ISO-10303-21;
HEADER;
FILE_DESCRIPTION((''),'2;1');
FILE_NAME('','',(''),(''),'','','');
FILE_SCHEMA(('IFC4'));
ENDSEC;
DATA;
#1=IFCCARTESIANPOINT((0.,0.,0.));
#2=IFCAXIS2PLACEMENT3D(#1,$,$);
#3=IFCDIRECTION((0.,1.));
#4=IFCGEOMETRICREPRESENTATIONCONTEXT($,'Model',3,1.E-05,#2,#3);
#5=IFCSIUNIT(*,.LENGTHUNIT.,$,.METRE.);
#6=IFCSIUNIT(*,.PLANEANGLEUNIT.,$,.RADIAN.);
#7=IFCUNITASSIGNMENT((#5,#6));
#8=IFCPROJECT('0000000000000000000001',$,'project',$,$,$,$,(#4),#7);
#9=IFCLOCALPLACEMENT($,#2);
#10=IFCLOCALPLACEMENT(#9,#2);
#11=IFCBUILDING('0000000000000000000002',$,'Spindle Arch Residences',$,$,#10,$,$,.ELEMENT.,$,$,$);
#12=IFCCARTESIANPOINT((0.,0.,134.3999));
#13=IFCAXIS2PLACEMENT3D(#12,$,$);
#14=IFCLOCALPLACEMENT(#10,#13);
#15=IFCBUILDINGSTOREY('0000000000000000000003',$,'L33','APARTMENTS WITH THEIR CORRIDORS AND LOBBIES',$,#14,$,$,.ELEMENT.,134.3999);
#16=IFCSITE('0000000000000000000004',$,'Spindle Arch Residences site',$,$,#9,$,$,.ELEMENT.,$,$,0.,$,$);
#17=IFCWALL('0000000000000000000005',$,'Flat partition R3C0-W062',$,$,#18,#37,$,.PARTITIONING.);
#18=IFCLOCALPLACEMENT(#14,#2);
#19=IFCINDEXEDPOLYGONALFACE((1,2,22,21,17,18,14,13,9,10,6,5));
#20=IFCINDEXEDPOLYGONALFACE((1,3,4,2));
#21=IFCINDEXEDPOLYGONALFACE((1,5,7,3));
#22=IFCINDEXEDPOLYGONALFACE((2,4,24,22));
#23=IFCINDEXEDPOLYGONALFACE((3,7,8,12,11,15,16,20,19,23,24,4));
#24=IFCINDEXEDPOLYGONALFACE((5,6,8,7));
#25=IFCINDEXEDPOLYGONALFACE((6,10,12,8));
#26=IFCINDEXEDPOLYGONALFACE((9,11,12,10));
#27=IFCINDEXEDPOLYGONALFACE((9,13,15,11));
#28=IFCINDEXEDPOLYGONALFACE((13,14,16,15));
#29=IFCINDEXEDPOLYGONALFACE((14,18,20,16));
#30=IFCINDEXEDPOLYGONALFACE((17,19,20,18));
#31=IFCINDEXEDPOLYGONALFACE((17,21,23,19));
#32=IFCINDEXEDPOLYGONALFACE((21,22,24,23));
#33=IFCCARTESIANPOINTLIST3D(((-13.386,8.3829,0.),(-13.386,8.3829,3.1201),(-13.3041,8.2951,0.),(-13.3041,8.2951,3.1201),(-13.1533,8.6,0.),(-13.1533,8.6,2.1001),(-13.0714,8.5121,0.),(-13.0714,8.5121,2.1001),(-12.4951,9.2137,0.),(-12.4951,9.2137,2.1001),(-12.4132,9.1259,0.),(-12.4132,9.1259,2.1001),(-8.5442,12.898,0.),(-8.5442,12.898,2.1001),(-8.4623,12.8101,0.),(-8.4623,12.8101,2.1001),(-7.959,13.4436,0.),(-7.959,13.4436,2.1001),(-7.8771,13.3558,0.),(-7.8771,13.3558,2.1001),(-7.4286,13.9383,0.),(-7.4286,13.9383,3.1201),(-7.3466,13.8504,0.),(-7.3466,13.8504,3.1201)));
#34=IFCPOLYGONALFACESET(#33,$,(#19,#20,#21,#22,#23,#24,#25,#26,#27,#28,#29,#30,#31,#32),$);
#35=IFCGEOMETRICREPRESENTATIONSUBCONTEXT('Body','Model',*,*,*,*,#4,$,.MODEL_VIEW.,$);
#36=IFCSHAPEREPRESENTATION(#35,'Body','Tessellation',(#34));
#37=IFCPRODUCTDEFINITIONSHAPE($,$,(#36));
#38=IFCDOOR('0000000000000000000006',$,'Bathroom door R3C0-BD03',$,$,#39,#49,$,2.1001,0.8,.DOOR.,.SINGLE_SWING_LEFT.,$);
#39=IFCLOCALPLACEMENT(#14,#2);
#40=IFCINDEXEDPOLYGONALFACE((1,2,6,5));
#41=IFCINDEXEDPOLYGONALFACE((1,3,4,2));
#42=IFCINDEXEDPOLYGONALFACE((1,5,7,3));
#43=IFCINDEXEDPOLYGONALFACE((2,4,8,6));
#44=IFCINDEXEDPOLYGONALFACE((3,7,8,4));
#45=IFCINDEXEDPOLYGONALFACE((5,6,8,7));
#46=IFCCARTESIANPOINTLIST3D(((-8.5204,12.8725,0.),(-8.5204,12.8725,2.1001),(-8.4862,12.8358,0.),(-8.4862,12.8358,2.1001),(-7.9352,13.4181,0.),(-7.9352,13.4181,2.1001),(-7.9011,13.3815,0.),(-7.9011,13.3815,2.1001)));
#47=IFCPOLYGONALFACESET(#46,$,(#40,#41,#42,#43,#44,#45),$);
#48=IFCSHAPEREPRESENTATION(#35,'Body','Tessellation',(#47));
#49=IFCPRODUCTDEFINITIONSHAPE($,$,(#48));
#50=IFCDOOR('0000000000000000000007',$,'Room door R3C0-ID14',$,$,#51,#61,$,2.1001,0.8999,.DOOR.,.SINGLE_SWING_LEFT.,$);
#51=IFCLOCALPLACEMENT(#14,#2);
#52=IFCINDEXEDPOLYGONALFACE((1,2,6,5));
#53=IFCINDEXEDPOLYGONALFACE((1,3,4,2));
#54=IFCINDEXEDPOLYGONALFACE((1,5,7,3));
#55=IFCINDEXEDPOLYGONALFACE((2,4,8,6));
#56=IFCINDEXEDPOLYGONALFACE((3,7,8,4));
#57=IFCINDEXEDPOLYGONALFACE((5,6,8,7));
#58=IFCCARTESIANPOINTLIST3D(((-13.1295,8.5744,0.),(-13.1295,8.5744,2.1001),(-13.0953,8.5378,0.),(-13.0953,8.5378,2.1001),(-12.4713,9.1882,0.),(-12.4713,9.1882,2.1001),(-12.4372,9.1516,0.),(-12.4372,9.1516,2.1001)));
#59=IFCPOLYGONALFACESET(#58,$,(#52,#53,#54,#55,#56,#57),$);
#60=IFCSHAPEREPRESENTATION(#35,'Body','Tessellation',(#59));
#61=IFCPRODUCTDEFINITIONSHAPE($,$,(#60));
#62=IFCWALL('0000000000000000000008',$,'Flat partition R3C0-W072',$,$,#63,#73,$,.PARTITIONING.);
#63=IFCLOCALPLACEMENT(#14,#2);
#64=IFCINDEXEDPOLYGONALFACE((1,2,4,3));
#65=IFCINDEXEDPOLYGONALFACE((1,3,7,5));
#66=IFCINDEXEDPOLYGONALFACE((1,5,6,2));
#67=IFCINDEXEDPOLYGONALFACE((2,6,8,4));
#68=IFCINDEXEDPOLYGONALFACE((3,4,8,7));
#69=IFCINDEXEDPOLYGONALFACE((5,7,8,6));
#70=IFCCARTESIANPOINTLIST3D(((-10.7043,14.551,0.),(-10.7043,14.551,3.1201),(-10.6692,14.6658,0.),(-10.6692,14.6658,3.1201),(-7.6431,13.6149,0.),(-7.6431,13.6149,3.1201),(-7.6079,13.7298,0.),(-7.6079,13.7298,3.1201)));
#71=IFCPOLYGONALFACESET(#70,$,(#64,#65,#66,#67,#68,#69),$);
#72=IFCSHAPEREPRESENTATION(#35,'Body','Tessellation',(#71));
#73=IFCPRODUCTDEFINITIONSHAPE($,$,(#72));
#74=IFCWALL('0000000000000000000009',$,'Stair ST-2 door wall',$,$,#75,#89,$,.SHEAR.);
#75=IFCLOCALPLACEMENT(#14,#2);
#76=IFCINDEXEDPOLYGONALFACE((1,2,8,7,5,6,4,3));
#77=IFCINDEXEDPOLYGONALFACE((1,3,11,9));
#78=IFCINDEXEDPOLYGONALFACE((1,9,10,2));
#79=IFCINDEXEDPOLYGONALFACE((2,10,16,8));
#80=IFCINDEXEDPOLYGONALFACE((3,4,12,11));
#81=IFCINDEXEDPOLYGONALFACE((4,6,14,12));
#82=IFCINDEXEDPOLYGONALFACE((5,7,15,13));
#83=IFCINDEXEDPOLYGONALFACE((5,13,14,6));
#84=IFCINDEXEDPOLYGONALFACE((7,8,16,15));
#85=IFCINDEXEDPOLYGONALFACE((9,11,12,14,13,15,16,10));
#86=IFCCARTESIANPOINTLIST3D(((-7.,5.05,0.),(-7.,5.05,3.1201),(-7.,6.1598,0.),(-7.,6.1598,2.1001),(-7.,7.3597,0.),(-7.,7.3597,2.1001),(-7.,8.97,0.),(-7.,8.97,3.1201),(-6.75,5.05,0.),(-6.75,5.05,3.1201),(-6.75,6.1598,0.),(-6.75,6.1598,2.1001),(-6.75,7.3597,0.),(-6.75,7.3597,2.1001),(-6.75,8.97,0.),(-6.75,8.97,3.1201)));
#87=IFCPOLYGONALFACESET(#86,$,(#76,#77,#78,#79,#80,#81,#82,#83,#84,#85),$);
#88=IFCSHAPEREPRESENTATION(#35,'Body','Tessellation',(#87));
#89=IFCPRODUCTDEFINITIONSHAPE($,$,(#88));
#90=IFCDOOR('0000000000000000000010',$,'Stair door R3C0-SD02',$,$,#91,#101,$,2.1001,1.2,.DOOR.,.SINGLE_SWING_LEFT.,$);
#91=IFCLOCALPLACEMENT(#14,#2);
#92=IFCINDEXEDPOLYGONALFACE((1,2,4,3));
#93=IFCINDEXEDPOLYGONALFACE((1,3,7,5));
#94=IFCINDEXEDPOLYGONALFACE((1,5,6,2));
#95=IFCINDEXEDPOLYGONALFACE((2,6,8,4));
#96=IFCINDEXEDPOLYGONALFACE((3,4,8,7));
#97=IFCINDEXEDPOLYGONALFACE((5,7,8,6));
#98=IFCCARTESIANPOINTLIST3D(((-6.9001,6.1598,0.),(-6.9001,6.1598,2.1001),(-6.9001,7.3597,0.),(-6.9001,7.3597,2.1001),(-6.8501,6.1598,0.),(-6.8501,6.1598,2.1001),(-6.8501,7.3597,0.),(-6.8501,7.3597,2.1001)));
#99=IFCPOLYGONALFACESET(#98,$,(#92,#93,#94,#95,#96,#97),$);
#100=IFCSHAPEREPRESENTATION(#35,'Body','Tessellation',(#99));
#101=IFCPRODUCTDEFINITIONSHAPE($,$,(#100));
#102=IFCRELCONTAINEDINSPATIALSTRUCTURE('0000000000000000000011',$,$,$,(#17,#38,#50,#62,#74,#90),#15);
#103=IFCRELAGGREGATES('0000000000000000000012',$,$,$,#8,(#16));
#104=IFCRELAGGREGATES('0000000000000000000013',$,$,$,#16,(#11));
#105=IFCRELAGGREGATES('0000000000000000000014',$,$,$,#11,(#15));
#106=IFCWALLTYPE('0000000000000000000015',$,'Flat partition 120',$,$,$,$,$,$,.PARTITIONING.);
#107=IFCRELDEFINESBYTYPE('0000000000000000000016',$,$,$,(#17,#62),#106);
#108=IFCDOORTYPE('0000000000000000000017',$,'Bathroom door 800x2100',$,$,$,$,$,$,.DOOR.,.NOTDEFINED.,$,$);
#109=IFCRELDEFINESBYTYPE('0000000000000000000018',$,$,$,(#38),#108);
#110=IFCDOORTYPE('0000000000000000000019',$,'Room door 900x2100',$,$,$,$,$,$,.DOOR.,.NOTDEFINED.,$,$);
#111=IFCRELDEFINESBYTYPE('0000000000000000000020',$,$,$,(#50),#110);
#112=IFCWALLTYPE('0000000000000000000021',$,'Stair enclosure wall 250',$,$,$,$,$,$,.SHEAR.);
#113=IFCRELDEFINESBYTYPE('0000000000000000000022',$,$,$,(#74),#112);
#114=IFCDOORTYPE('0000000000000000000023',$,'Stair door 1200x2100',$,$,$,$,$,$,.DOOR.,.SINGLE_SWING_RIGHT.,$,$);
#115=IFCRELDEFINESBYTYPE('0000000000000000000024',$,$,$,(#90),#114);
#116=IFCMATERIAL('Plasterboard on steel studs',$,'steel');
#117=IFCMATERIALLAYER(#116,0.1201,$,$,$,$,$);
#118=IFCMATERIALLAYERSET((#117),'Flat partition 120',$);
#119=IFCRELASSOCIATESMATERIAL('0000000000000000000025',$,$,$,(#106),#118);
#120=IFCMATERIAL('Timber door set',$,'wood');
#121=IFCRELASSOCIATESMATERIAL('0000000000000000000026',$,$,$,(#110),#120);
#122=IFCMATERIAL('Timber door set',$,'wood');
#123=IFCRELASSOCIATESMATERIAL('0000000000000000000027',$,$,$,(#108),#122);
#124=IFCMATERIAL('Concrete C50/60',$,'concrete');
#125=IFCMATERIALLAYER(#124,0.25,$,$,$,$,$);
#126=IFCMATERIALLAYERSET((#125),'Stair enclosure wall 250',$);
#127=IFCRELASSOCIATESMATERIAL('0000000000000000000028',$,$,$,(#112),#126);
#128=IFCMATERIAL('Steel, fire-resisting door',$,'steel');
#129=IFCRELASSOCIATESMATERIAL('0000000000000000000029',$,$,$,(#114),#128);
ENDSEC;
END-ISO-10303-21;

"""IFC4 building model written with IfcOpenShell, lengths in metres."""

from ifc_helpers import new_model, si_unit, direction, frame, frame_2d, origin, place, context, subcontext, project, spatial, rectangle, extrude, material, layer, layer_set, type_object, element, fill, save


model = new_model("IFC4")

# Units and contexts
model_context = context("Model", 3, precision=1e-05, world=origin(), true_north=direction((0.0, 1.0)))
body_context = subcontext(model_context, "Body", "Model", "MODEL_VIEW")
ifc_project = project(units=[si_unit("LENGTHUNIT", "METRE"), si_unit("PLANEANGLEUNIT", "RADIAN")], contexts=[model_context])

# Site, building, storey
site_placement = place(None, origin())
site = spatial("IfcSite", under=ifc_project, at=site_placement, Name="Spindle Arch Residences site", CompositionType="ELEMENT", RefElevation=0.0)
building_placement = place(site_placement, origin())
building = spatial("IfcBuilding", under=site, at=building_placement, Name="Spindle Arch Residences", CompositionType="ELEMENT")
storey_placement = place(building_placement, frame((0.0, 0.0, 134.3999)))
storey = spatial("IfcBuildingStorey", under=building, at=storey_placement, Name="L33", Description="APARTMENTS WITH THEIR CORRIDORS AND LOBBIES", CompositionType="ELEMENT", Elevation=134.3999)

# Shared definitions
ifc_material_1 = material(Name="Plasterboard on steel studs", Category="steel")
ifc_layer_1 = layer(ifc_material_1, 0.1201)
ifc_layer_set_1 = layer_set([ifc_layer_1], Name="Flat partition 120")
wall_type_1 = type_object("IfcWallType", Name="Flat partition 120", PredefinedType="PARTITIONING", material=ifc_layer_set_1)
ifc_material_2 = material(Name="Timber door set", Category="wood")
door_type_1 = type_object("IfcDoorType", Name="Room door 900x2100", OperationType="NOTDEFINED", PredefinedType="DOOR", material=ifc_material_2)

# Wall, openings, doors
wall_1_placement = place(storey_placement, frame((-7.3877, 13.8943, 0.0), z_axis=(0.0, 0.0, 1.0), x_axis=(-0.731357, -0.681995, 0.0)))
wall_1 = element("IfcWall", 1, at=wall_1_placement, inside=storey, type_object=wall_type_1, Name="Flat partition R3C0-W062", PredefinedType="PARTITIONING", context=body_context, shape_type="SweptSolid", body=[
    extrude(rectangle(XDim=8.1458, YDim=0.1201, at=frame_2d((4.0728, 0.0))), origin(), (0.0, 0.0, 1.0), 3.1201),
])
opening_1_placement = place(wall_1_placement, frame((0.7253, 0.0, 0.0)))
opening_1 = element("IfcOpeningElement", 2, at=opening_1_placement, cuts=wall_1, PredefinedType="OPENING", context=body_context, shape_type="SweptSolid", body=[
    extrude(rectangle(XDim=0.8, YDim=2.1001, at=frame_2d((0.3999, 1.05))), frame((0.0, 0.0701, 0.0), z_axis=(0.0, -1.0, 0.0), x_axis=(1.0, 0.0, 0.0)), (0.0, 0.0, 1.0), 0.1401),
])
opening_2_placement = place(wall_1_placement, frame((6.9275, 0.0, 0.0)))
opening_2 = element("IfcOpeningElement", 3, at=opening_2_placement, cuts=wall_1, PredefinedType="OPENING", context=body_context, shape_type="SweptSolid", body=[
    extrude(rectangle(XDim=0.8999, YDim=2.1001, at=frame_2d((0.45, 1.05))), frame((0.0, 0.0701, 0.0), z_axis=(0.0, -1.0, 0.0), x_axis=(1.0, 0.0, 0.0)), (0.0, 0.0, 1.0), 0.1401),
])
ifc_material_3 = material(Name="Timber door set", Category="wood")
door_type_2 = type_object("IfcDoorType", Name="Bathroom door 800x2100", OperationType="NOTDEFINED", PredefinedType="DOOR", material=ifc_material_3)
door_1_placement = place(opening_1_placement, origin())
door_1 = element("IfcDoor", 4, at=door_1_placement, inside=storey, type_object=door_type_2, Name="Bathroom door R3C0-BD03", OperationType="SINGLE_SWING_LEFT", OverallHeight=2.1001, OverallWidth=0.8, PredefinedType="DOOR", context=body_context, shape_type="SweptSolid", body=[
    extrude(rectangle(XDim=0.8, YDim=2.1001, at=frame_2d((0.3999, 1.05))), frame((0.0, 0.0249, 0.0), z_axis=(0.0, -1.0, 0.0), x_axis=(1.0, 0.0, 0.0)), (0.0, 0.0, 1.0), 0.05),
])
fill(opening_1, door_1)
door_2_placement = place(opening_2_placement, origin())
door_2 = element("IfcDoor", 5, at=door_2_placement, inside=storey, type_object=door_type_1, Name="Room door R3C0-ID14", OperationType="SINGLE_SWING_LEFT", OverallHeight=2.1001, OverallWidth=0.8999, PredefinedType="DOOR", context=body_context, shape_type="SweptSolid", body=[
    extrude(rectangle(XDim=0.8999, YDim=2.1001, at=frame_2d((0.45, 1.05))), frame((0.0, 0.0249, 0.0), z_axis=(0.0, -1.0, 0.0), x_axis=(1.0, 0.0, 0.0)), (0.0, 0.0, 1.0), 0.05),
])
fill(opening_2, door_2)

# Wall
wall_2_placement = place(storey_placement, frame((-10.6868, 14.6084, 0.0), z_axis=(0.0, 0.0, 1.0), x_axis=(0.956295, -0.292403, 0.0)))
element("IfcWall", 6, at=wall_2_placement, inside=storey, type_object=wall_type_1, Name="Flat partition R3C0-W072", PredefinedType="PARTITIONING", context=body_context, shape_type="SweptSolid", body=[
    extrude(rectangle(XDim=3.2012, YDim=0.1201, at=frame_2d((1.6006, 0.0))), origin(), (0.0, 0.0, 1.0), 3.1201),
])

# Wall, opening, door
ifc_material_4 = material(Name="Concrete C50/60", Category="concrete")
ifc_layer_2 = layer(ifc_material_4, 0.25)
ifc_layer_set_2 = layer_set([ifc_layer_2], Name="Stair enclosure wall 250")
wall_type_2 = type_object("IfcWallType", Name="Stair enclosure wall 250", PredefinedType="SHEAR", material=ifc_layer_set_2)
wall_3_placement = place(storey_placement, frame((-6.875, 8.97, 0.0), z_axis=(0.0, 0.0, 1.0), x_axis=(0.0, -1.0, 0.0)))
wall_3 = element("IfcWall", 7, at=wall_3_placement, inside=storey, type_object=wall_type_2, Name="Stair ST-2 door wall", PredefinedType="SHEAR", context=body_context, shape_type="SweptSolid", body=[
    extrude(rectangle(XDim=3.9199, YDim=0.25, at=frame_2d((1.96, 0.0))), origin(), (0.0, 0.0, 1.0), 3.1201),
])
opening_3_placement = place(wall_3_placement, frame((1.6101, 0.0, 0.0)))
opening_3 = element("IfcOpeningElement", 8, at=opening_3_placement, cuts=wall_3, PredefinedType="OPENING", context=body_context, shape_type="SweptSolid", body=[
    extrude(rectangle(XDim=1.2, YDim=2.1001, at=frame_2d((0.6001, 1.05))), frame((0.0, 0.135, 0.0), z_axis=(0.0, -1.0, 0.0), x_axis=(1.0, 0.0, 0.0)), (0.0, 0.0, 1.0), 0.27),
])
ifc_material_5 = material(Name="Steel, fire-resisting door", Category="steel")
door_type_3 = type_object("IfcDoorType", Name="Stair door 1200x2100", OperationType="SINGLE_SWING_RIGHT", PredefinedType="DOOR", material=ifc_material_5)
door_3_placement = place(opening_3_placement, origin())
door_3 = element("IfcDoor", 9, at=door_3_placement, inside=storey, type_object=door_type_3, Name="Stair door R3C0-SD02", OperationType="SINGLE_SWING_LEFT", OverallHeight=2.1001, OverallWidth=1.2, PredefinedType="DOOR", context=body_context, shape_type="SweptSolid", body=[
    extrude(rectangle(XDim=1.2, YDim=2.1001, at=frame_2d((0.6001, 1.05))), frame((0.0, 0.0249, 0.0), z_axis=(0.0, -1.0, 0.0), x_axis=(1.0, 0.0, 0.0)), (0.0, 0.0, 1.0), 0.05),
])
fill(opening_3, door_3)

save(model, "model.ifc")
